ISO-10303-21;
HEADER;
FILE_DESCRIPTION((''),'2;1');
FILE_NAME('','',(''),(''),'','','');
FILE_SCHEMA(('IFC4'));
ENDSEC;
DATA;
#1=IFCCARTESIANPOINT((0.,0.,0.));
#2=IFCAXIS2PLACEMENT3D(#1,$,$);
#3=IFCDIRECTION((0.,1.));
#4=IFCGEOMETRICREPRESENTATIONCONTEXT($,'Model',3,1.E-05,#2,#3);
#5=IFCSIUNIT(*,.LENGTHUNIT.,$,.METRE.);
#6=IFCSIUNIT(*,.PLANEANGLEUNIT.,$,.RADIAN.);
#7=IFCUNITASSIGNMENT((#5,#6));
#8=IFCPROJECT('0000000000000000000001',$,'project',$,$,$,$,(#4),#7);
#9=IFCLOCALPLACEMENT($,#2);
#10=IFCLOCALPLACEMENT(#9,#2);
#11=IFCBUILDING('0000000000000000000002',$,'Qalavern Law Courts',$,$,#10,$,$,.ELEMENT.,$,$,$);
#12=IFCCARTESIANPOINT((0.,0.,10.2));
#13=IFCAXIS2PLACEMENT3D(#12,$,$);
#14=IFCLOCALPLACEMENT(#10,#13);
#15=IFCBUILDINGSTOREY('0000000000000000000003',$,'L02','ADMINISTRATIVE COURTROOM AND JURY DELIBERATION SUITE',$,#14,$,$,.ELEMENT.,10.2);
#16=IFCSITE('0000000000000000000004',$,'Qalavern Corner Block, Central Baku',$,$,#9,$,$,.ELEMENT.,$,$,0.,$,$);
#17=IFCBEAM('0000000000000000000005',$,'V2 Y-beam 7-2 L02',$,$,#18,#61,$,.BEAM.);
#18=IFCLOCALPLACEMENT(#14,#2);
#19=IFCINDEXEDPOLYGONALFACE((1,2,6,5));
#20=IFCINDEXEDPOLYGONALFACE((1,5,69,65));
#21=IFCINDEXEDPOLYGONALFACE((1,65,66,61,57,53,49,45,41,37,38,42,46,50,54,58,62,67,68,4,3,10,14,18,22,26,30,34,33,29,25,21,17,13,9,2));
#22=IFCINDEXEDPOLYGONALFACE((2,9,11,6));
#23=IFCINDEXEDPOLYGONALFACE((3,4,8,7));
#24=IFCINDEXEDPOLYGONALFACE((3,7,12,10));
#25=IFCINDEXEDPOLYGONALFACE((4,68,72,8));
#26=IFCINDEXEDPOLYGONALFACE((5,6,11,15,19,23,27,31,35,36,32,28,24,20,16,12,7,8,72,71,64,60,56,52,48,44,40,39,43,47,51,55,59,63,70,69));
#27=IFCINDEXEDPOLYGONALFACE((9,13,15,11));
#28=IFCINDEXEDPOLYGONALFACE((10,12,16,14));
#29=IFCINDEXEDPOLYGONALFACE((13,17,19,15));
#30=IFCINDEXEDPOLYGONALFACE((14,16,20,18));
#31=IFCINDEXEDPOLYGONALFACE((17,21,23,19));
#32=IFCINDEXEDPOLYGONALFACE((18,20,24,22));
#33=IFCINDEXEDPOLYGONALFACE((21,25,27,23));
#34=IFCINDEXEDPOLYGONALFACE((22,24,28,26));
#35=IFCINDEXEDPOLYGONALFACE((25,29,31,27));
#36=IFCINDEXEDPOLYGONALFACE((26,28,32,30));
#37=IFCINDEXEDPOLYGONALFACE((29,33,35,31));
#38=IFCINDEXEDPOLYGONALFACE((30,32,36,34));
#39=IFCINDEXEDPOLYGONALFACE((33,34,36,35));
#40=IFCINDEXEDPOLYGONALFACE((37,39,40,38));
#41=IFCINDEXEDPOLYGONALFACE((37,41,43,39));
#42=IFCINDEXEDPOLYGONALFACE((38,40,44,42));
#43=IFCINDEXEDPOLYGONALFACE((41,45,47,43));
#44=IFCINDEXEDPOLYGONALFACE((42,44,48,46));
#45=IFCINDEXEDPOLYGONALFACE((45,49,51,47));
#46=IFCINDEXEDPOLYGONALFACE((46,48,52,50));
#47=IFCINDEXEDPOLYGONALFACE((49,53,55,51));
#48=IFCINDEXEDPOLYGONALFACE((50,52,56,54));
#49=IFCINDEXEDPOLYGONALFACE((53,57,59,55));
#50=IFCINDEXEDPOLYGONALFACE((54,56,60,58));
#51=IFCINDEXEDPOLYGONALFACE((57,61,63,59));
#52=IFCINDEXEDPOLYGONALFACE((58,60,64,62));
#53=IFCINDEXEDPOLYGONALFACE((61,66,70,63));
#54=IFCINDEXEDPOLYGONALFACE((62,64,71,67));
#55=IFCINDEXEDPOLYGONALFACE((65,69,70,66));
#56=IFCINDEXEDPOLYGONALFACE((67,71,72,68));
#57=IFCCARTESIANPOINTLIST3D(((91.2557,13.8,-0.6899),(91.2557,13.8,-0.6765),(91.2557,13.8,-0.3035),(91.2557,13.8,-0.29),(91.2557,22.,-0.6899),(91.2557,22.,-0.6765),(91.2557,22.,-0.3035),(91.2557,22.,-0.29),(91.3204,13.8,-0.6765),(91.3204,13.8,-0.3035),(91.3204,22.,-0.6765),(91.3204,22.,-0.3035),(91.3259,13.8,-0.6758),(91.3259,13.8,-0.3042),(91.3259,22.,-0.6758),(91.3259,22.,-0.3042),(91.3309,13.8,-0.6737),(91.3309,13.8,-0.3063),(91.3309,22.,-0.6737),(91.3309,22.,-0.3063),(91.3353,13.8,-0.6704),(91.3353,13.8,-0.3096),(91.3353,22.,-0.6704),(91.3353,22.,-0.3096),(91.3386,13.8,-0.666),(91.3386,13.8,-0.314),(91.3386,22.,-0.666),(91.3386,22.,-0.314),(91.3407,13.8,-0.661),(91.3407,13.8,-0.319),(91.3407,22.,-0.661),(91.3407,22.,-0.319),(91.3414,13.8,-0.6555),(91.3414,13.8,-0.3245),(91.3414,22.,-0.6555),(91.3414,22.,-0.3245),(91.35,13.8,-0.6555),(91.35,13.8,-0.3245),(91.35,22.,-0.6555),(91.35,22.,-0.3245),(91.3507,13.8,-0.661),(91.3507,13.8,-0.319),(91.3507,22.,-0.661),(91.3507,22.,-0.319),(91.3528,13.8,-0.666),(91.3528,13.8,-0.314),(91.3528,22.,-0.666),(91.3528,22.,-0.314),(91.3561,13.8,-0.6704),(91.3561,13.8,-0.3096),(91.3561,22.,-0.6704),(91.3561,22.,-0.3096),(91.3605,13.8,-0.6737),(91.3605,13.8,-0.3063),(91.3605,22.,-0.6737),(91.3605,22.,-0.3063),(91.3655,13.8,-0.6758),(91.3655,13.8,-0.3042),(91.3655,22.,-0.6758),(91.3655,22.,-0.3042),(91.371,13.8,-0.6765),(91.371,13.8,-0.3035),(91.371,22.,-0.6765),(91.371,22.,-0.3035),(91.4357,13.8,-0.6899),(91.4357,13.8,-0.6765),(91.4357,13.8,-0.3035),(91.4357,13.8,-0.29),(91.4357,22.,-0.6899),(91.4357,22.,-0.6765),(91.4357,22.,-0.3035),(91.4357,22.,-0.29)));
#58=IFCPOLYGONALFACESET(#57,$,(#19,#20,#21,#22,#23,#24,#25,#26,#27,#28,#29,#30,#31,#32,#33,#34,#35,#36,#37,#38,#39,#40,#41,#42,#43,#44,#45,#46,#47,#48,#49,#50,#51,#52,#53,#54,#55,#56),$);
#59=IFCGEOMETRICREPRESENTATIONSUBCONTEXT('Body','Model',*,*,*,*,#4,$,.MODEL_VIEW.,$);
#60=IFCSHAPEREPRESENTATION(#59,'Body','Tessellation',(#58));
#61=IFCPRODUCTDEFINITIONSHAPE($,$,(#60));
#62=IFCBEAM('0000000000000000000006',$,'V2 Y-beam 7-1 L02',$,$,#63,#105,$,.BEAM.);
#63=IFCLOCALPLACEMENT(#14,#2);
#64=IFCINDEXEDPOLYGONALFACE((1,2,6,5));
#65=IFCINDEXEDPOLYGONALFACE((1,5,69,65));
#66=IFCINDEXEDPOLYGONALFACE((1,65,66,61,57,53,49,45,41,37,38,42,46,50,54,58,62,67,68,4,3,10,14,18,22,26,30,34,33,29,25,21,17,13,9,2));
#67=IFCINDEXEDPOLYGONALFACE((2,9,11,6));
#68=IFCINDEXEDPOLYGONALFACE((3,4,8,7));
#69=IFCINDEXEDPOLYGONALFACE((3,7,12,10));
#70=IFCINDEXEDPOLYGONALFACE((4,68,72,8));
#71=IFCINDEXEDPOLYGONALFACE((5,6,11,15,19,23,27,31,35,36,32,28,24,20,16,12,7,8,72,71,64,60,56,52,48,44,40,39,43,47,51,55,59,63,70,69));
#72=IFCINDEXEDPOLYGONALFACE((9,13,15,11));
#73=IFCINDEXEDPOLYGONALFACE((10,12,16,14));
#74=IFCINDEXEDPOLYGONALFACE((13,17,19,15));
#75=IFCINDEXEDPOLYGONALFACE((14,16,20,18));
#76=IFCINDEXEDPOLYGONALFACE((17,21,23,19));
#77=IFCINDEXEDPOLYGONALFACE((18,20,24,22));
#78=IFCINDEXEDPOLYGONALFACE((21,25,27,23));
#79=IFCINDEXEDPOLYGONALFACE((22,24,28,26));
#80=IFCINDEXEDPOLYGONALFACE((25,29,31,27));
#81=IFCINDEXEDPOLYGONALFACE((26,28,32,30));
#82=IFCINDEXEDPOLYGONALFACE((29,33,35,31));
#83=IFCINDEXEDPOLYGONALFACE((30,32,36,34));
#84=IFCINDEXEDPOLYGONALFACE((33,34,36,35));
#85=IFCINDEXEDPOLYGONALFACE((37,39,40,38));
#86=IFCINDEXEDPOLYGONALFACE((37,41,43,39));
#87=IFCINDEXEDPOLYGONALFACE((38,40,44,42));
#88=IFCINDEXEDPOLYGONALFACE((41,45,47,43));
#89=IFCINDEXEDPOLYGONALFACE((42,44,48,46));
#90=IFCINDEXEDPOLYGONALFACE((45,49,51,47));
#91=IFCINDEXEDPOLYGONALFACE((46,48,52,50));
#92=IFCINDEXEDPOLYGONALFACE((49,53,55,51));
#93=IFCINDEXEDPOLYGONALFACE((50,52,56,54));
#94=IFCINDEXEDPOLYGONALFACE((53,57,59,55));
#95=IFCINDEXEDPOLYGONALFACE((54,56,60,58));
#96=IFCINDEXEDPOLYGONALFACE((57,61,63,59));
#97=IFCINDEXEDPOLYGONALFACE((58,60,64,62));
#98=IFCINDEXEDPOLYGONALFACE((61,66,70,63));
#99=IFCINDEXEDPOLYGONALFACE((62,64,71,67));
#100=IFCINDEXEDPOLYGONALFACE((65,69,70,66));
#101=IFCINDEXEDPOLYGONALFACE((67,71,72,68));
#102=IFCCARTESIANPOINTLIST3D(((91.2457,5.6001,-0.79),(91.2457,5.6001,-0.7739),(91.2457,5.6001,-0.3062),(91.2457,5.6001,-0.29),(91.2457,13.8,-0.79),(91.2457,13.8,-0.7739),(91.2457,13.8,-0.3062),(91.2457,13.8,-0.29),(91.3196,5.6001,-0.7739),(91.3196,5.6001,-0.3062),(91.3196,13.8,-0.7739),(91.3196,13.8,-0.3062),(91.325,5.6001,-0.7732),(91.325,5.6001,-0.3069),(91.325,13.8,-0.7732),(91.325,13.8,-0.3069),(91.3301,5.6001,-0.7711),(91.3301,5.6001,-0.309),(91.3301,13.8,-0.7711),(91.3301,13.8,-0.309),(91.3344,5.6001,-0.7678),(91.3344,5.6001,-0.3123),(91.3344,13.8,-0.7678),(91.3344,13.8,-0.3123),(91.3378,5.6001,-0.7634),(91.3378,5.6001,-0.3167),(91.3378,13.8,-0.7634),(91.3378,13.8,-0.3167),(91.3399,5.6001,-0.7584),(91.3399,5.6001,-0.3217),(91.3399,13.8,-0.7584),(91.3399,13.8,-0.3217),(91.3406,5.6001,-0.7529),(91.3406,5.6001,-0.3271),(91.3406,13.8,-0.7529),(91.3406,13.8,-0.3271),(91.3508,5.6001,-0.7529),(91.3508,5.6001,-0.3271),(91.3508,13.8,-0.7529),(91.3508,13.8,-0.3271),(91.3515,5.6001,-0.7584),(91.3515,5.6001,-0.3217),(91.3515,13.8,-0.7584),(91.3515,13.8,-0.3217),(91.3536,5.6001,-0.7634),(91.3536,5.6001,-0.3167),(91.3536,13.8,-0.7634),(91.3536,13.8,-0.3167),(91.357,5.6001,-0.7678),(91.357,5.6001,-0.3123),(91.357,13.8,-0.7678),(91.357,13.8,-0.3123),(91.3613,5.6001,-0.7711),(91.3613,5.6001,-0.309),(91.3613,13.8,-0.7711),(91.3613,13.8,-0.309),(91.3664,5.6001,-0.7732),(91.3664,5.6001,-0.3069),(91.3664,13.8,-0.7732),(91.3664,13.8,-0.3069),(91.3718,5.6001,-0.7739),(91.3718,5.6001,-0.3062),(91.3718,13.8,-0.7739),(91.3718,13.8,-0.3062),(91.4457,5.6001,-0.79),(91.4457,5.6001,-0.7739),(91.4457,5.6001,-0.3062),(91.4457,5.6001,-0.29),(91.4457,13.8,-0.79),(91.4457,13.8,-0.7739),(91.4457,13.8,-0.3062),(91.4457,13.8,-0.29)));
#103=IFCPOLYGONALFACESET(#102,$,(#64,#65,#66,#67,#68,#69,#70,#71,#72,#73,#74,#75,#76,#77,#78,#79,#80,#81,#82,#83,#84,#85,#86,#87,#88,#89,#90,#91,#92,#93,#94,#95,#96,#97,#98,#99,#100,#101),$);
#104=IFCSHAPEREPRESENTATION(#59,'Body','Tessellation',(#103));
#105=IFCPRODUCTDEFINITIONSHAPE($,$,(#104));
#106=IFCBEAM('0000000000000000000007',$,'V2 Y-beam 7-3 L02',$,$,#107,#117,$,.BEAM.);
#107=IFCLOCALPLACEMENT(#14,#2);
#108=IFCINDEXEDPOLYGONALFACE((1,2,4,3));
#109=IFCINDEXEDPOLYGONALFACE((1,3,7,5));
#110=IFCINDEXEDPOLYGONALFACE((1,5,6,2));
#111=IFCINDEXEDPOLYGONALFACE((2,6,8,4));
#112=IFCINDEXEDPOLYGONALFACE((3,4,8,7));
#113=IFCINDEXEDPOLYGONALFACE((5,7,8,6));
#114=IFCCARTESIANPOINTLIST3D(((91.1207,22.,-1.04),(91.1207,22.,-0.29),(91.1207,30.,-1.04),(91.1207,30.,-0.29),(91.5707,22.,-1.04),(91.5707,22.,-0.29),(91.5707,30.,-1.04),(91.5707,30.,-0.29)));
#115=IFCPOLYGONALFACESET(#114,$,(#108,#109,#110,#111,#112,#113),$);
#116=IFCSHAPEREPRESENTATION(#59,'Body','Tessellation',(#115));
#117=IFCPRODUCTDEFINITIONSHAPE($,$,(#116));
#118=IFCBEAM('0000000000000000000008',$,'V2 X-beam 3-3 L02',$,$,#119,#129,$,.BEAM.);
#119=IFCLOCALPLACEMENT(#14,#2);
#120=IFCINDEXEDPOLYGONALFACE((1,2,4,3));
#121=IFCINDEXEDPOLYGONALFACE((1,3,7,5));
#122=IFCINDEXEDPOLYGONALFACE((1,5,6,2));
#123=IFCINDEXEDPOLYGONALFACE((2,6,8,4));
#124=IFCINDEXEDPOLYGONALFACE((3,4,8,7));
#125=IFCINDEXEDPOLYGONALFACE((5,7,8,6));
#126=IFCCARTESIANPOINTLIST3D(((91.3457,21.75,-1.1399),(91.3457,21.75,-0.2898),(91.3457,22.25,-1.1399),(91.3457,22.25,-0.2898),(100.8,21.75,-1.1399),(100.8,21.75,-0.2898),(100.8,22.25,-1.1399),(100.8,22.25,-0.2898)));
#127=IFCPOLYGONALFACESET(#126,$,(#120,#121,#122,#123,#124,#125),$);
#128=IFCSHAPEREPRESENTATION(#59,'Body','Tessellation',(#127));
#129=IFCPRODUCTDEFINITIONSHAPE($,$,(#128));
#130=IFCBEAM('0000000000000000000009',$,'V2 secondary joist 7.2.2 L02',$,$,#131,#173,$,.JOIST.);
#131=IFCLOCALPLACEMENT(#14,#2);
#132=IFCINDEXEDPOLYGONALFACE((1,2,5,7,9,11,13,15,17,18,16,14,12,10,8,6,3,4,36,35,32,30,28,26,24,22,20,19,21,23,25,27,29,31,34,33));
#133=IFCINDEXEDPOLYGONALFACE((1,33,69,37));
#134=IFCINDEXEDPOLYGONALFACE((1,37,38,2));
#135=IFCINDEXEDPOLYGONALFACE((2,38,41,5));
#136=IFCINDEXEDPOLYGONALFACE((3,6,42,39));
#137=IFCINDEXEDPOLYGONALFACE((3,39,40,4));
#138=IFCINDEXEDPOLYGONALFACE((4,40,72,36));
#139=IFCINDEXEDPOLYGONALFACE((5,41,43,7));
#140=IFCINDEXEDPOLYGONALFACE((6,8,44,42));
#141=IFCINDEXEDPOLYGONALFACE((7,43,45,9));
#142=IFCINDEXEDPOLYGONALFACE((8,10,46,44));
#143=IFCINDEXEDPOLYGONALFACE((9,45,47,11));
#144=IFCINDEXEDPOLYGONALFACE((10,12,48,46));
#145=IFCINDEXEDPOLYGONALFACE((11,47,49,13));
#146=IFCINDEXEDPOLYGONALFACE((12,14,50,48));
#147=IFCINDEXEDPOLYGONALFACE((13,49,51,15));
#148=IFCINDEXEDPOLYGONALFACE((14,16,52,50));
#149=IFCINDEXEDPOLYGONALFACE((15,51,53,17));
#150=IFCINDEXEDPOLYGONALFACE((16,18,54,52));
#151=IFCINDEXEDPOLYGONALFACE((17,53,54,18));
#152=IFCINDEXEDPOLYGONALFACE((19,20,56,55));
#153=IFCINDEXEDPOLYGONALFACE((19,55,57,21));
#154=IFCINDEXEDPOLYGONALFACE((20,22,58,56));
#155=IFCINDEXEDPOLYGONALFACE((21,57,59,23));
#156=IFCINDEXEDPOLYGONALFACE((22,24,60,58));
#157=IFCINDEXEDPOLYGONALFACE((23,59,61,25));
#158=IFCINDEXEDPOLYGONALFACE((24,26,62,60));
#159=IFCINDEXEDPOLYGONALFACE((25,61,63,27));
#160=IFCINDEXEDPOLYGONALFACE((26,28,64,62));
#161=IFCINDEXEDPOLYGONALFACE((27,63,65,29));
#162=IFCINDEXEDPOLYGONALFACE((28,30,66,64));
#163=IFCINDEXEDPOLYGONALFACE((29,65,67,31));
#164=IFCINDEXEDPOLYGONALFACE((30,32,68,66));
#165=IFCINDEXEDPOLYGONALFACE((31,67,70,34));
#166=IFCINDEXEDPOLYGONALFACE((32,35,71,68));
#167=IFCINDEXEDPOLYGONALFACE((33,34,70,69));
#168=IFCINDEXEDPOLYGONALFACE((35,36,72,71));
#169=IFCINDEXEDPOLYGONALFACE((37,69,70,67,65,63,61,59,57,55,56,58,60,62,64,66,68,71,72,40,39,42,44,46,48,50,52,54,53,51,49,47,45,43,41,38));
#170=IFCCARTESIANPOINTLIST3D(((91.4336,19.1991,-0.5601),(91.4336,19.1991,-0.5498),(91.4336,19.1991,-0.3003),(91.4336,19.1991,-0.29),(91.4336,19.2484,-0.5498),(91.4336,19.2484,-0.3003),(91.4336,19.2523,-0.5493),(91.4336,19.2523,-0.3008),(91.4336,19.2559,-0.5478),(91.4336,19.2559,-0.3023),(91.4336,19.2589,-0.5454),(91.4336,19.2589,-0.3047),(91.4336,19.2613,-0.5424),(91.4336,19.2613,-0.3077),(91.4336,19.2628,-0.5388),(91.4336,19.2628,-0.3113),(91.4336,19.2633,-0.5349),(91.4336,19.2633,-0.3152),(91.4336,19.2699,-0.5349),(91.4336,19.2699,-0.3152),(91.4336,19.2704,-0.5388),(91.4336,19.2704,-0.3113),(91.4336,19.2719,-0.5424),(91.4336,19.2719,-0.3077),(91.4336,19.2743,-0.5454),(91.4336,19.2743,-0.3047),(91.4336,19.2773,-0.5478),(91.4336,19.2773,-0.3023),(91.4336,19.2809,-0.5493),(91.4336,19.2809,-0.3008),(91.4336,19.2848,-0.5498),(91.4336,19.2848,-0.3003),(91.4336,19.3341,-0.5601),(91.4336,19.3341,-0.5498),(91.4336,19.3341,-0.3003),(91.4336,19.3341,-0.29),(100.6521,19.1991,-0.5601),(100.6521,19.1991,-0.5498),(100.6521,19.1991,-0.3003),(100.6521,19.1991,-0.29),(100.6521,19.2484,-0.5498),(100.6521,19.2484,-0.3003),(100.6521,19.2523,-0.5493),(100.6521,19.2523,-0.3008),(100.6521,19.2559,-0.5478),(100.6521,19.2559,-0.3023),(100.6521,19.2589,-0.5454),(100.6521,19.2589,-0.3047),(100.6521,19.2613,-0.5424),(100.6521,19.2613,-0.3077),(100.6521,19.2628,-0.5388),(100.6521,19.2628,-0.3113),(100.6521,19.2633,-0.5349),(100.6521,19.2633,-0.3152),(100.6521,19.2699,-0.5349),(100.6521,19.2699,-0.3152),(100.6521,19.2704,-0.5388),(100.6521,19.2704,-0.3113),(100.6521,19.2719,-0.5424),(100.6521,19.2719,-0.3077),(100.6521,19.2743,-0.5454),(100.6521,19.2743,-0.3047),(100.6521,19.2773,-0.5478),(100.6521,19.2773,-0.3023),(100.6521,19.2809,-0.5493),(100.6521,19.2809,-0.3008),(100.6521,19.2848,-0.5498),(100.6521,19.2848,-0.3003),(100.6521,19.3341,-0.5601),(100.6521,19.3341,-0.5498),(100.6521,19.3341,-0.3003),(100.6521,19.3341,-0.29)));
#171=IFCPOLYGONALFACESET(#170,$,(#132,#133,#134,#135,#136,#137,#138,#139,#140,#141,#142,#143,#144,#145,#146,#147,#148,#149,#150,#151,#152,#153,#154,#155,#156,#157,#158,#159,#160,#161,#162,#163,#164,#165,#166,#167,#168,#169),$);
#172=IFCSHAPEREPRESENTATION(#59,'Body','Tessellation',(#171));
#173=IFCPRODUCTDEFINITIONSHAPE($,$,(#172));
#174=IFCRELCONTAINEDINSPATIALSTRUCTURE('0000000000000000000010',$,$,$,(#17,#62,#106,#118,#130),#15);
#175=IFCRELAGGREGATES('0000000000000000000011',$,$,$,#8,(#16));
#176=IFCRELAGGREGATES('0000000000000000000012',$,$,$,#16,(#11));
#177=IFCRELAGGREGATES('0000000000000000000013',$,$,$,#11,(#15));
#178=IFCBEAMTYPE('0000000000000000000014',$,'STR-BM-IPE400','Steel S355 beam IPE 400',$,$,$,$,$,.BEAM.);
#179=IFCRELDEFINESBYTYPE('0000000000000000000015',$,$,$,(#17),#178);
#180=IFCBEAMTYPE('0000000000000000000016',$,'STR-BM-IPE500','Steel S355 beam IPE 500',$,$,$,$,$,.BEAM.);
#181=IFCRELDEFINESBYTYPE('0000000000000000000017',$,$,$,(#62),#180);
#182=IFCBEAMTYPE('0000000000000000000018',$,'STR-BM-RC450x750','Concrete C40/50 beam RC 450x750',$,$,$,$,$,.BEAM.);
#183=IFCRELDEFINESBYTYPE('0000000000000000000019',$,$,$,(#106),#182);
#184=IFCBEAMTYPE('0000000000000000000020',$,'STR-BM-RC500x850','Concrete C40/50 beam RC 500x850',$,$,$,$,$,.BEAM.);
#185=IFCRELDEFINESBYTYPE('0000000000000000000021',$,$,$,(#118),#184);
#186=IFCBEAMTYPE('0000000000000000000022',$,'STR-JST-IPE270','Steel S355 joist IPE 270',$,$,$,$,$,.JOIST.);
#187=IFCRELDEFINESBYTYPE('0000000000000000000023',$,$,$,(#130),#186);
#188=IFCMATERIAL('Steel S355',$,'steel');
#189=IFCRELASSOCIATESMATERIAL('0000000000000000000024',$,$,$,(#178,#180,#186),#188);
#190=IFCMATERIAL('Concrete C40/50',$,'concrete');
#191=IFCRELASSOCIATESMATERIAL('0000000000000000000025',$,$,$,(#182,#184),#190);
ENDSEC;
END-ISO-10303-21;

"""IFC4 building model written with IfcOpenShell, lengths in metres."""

from ifc_helpers import new_model, si_unit, direction, frame, origin, origin_2d, place, context, subcontext, project, spatial, rectangle, i_section, extrude, material, material_profile, profile_set, type_object, element, save


model = new_model("IFC4")

# Units and contexts
model_context = context("Model", 3, precision=1e-05, world=origin(), true_north=direction((0.0, 1.0)))
body_context = subcontext(model_context, "Body", "Model", "MODEL_VIEW")
ifc_project = project(units=[si_unit("LENGTHUNIT", "METRE"), si_unit("PLANEANGLEUNIT", "RADIAN")], contexts=[model_context])

# Site, building, storey
site_placement = place(None, origin())
site = spatial("IfcSite", under=ifc_project, at=site_placement, Name="Qalavern Corner Block, Central Baku", CompositionType="ELEMENT", RefElevation=0.0)
building_placement = place(site_placement, origin())
building = spatial("IfcBuilding", under=site, at=building_placement, Name="Qalavern Law Courts", CompositionType="ELEMENT")
storey_placement = place(building_placement, frame((0.0, 0.0, 10.2)))
storey = spatial("IfcBuildingStorey", under=building, at=storey_placement, Name="L02", Description="ADMINISTRATIVE COURTROOM AND JURY DELIBERATION SUITE", CompositionType="ELEMENT", Elevation=10.2)

# Beams
ifc_material_1 = material(Name="Steel S355", Category="steel")
ifc_material_profile_1 = material_profile(ifc_material_1, i_section(OverallWidth=0.1799, OverallDepth=0.3999, WebThickness=0.0085, FlangeThickness=0.0134, FilletRadius=0.021, at=origin_2d()), Name="IPE 400")
ifc_profile_set_1 = profile_set([ifc_material_profile_1], Name="Steel S355")
beam_type_1 = type_object("IfcBeamType", Name="STR-BM-IPE400", Description="Steel S355 beam IPE 400", PredefinedType="BEAM", material=ifc_profile_set_1)
beam_1_placement = place(storey_placement, frame((91.3457, 13.8, -0.49), z_axis=(0.0, 1.0, 0.0), x_axis=(-1.0, 0.0, 0.0)))
element("IfcBeam", 1, at=beam_1_placement, inside=storey, type_object=beam_type_1, Name="V2 Y-beam 7-2 L02", PredefinedType="BEAM", context=body_context, shape_type="SweptSolid", body=[
    extrude(i_section(OverallWidth=0.1799, OverallDepth=0.3999, WebThickness=0.0085, FlangeThickness=0.0134, FilletRadius=0.021, at=origin_2d()), origin(), (0.0, 0.0, 1.0), 8.2),
])
ifc_material_profile_2 = material_profile(ifc_material_1, i_section(OverallWidth=0.2, OverallDepth=0.5, WebThickness=0.0103, FlangeThickness=0.0161, FilletRadius=0.021, at=origin_2d()), Name="IPE 500")
ifc_profile_set_2 = profile_set([ifc_material_profile_2], Name="Steel S355")
beam_type_2 = type_object("IfcBeamType", Name="STR-BM-IPE500", Description="Steel S355 beam IPE 500", PredefinedType="BEAM", material=ifc_profile_set_2)
beam_2_placement = place(storey_placement, frame((91.3457, 5.6001, -0.54), z_axis=(0.0, 1.0, 0.0), x_axis=(-1.0, 0.0, 0.0)))
element("IfcBeam", 2, at=beam_2_placement, inside=storey, type_object=beam_type_2, Name="V2 Y-beam 7-1 L02", PredefinedType="BEAM", context=body_context, shape_type="SweptSolid", body=[
    extrude(i_section(OverallWidth=0.2, OverallDepth=0.5, WebThickness=0.0103, FlangeThickness=0.0161, FilletRadius=0.021, at=origin_2d()), origin(), (0.0, 0.0, 1.0), 8.2),
])
ifc_material_2 = material(Name="Concrete C40/50", Category="concrete")
ifc_material_profile_3 = material_profile(ifc_material_2, rectangle(XDim=0.45, YDim=0.75, at=origin_2d()), Name="RC 450x750")
ifc_profile_set_3 = profile_set([ifc_material_profile_3], Name="Concrete C40/50")
beam_type_3 = type_object("IfcBeamType", Name="STR-BM-RC450x750", Description="Concrete C40/50 beam RC 450x750", PredefinedType="BEAM", material=ifc_profile_set_3)
beam_3_placement = place(storey_placement, frame((91.3457, 22.0, -0.665), z_axis=(0.0, 1.0, 0.0), x_axis=(-1.0, 0.0, 0.0)))
element("IfcBeam", 3, at=beam_3_placement, inside=storey, type_object=beam_type_3, Name="V2 Y-beam 7-3 L02", PredefinedType="BEAM", context=body_context, shape_type="SweptSolid", body=[
    extrude(rectangle(XDim=0.45, YDim=0.75, at=origin_2d()), origin(), (0.0, 0.0, 1.0), 8.0),
])
ifc_material_profile_4 = material_profile(ifc_material_2, rectangle(XDim=0.5, YDim=0.8501, at=origin_2d()), Name="RC 500x850")
ifc_profile_set_4 = profile_set([ifc_material_profile_4], Name="Concrete C40/50")
beam_type_4 = type_object("IfcBeamType", Name="STR-BM-RC500x850", Description="Concrete C40/50 beam RC 500x850", PredefinedType="BEAM", material=ifc_profile_set_4)
beam_4_placement = place(storey_placement, frame((91.3457, 22.0, -0.7148), z_axis=(1.0, 0.0, 0.0), x_axis=(0.0, 1.0, 0.0)))
element("IfcBeam", 4, at=beam_4_placement, inside=storey, type_object=beam_type_4, Name="V2 X-beam 3-3 L02", PredefinedType="BEAM", context=body_context, shape_type="SweptSolid", body=[
    extrude(rectangle(XDim=0.5, YDim=0.8501, at=origin_2d()), origin(), (0.0, 0.0, 1.0), 9.4543),
])
ifc_material_profile_5 = material_profile(ifc_material_1, i_section(OverallWidth=0.135, OverallDepth=0.27, WebThickness=0.0066, FlangeThickness=0.0103, FilletRadius=0.0149, at=origin_2d()), Name="IPE 270")
ifc_profile_set_5 = profile_set([ifc_material_profile_5], Name="Steel S355")
beam_type_5 = type_object("IfcBeamType", Name="STR-JST-IPE270", Description="Steel S355 joist IPE 270", PredefinedType="JOIST", material=ifc_profile_set_5)
beam_5_placement = place(storey_placement, frame((91.4336, 19.2666, -0.425), z_axis=(1.0, 0.0, 0.0), x_axis=(0.0, 1.0, 0.0)))
element("IfcBeam", 5, at=beam_5_placement, inside=storey, type_object=beam_type_5, Name="V2 secondary joist 7.2.2 L02", PredefinedType="JOIST", context=body_context, shape_type="SweptSolid", body=[
    extrude(i_section(OverallWidth=0.135, OverallDepth=0.27, WebThickness=0.0066, FlangeThickness=0.0103, FilletRadius=0.0149, at=origin_2d()), origin(), (0.0, 0.0, 1.0), 9.2185),
])

save(model, "model.ifc")
